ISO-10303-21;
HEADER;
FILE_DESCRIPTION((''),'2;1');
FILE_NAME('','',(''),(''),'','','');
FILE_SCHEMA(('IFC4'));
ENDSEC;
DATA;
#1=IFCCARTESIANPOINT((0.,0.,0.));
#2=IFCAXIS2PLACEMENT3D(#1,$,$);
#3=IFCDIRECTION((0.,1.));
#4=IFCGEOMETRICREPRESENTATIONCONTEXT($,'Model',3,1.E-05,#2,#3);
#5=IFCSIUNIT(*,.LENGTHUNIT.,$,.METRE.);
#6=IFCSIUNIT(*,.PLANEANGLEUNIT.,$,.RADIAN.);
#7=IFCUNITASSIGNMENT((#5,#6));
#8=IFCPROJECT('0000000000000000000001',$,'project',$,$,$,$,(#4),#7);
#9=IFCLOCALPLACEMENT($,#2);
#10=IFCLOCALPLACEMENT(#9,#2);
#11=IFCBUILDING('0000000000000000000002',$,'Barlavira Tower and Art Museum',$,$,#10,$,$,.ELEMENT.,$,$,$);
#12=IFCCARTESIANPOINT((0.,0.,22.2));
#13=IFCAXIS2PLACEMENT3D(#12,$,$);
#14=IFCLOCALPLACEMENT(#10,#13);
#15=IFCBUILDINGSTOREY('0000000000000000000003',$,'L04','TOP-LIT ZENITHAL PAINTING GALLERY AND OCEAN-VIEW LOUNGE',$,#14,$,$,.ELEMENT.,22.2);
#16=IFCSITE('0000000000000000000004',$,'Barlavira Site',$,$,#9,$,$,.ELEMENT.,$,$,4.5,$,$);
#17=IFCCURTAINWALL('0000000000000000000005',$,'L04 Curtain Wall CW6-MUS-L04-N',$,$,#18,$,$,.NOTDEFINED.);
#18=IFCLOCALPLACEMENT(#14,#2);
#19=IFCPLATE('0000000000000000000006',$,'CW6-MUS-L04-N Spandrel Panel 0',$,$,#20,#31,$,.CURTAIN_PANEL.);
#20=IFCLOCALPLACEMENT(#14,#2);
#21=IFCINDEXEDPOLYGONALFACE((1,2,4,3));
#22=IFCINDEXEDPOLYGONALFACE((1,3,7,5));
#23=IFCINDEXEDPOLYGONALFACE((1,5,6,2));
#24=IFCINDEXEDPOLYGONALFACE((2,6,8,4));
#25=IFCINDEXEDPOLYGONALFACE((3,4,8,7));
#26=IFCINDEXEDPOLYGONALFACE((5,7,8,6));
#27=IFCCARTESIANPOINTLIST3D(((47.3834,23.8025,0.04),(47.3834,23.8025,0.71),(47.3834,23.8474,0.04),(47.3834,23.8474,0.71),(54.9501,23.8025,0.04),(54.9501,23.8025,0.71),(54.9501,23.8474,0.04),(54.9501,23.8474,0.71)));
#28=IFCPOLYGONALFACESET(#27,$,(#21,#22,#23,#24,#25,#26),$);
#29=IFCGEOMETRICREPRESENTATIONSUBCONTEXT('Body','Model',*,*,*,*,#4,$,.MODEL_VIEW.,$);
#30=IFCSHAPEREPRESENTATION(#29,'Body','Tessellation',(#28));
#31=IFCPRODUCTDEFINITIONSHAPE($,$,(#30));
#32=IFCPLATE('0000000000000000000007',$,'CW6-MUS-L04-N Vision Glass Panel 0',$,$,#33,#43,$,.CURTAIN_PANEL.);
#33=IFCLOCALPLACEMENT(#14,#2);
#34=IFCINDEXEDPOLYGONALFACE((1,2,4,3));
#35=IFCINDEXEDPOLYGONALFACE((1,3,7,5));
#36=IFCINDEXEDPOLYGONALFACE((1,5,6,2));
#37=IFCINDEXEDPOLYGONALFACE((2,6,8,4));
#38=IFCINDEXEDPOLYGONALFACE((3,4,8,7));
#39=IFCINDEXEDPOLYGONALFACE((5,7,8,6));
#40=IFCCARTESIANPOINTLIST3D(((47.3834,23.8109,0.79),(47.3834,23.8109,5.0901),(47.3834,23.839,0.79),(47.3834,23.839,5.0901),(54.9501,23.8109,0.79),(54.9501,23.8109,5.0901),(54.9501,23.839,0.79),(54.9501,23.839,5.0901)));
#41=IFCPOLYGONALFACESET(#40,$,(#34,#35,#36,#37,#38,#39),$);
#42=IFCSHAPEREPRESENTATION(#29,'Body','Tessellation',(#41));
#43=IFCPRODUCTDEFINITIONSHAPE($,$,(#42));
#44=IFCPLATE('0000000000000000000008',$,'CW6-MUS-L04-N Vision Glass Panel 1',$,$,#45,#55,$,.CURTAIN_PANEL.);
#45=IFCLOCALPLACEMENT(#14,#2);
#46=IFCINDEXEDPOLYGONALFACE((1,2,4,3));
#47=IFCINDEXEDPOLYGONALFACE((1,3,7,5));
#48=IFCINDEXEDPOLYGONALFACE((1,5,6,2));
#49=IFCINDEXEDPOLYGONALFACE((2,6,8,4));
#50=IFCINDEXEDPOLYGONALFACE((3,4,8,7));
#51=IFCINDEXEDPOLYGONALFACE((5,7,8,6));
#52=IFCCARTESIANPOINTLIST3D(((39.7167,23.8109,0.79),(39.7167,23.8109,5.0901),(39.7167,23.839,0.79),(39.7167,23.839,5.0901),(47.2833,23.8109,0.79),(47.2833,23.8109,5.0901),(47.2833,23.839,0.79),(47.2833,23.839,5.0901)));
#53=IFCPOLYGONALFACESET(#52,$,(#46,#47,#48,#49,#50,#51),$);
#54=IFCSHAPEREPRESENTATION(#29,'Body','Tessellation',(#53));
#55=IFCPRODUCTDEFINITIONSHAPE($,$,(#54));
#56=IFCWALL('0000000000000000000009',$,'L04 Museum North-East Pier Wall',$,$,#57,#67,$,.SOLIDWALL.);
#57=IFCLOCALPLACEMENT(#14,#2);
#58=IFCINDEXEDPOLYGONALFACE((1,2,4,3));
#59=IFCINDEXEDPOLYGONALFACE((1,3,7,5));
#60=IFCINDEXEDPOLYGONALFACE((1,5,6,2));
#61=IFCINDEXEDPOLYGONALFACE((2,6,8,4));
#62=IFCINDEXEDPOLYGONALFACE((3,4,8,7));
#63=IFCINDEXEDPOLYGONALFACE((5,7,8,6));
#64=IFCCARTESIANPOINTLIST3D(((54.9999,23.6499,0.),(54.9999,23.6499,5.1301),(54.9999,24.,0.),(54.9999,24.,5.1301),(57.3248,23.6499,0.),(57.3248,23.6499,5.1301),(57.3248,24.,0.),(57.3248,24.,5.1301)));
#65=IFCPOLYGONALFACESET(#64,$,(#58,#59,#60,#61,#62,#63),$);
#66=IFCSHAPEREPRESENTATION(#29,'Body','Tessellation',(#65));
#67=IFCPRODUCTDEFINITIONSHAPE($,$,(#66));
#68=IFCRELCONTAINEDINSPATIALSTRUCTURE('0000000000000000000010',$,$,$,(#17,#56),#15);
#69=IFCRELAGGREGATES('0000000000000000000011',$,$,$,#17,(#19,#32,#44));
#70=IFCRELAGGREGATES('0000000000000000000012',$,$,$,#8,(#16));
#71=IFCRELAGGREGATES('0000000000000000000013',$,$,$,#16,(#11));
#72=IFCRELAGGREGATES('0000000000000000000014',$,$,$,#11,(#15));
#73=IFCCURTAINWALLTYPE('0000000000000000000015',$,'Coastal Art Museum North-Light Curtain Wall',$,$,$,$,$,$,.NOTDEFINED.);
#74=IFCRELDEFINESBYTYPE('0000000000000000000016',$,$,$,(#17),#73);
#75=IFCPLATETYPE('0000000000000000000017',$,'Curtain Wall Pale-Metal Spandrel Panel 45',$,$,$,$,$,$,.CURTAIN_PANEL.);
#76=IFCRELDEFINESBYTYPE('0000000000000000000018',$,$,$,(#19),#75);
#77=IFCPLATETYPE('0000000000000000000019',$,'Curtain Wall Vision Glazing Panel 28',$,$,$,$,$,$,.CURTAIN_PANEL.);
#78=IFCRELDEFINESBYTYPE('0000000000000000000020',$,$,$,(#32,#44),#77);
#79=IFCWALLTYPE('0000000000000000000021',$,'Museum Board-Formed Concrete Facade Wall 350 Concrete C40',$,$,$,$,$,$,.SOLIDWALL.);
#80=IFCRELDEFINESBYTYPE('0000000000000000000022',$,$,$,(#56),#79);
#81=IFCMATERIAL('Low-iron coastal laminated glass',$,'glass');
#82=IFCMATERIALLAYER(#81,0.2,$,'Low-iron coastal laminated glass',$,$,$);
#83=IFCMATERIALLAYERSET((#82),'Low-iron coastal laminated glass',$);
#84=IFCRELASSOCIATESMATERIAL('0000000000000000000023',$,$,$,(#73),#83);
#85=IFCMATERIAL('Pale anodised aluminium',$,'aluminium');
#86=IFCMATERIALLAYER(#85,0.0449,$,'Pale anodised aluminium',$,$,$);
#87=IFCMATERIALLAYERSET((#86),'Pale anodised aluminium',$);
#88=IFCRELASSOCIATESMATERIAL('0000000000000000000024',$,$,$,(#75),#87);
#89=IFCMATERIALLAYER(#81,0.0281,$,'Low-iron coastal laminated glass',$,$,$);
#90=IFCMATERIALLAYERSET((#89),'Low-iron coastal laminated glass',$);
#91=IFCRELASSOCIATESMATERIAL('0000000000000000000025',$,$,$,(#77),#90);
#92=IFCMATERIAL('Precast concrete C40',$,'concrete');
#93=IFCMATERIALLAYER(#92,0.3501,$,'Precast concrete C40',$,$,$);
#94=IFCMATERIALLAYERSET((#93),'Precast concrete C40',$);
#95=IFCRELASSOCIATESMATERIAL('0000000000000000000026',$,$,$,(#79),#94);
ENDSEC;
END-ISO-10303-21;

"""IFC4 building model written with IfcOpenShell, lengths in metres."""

from ifc_helpers import new_model, si_unit, direction, frame, frame_2d, origin, origin_2d, place, context, subcontext, project, spatial, rectangle, extrude, material, layer, layer_set, type_object, element, aggregate, save


model = new_model("IFC4")

# Units and contexts
model_context = context("Model", 3, precision=1e-05, world=origin(), true_north=direction((0.0, 1.0)))
body_context = subcontext(model_context, "Body", "Model", "MODEL_VIEW")
ifc_project = project(units=[si_unit("LENGTHUNIT", "METRE"), si_unit("PLANEANGLEUNIT", "RADIAN")], contexts=[model_context])

# Site, building, storey
site_placement = place(None, origin())
site = spatial("IfcSite", under=ifc_project, at=site_placement, Name="Barlavira Site", CompositionType="ELEMENT", RefElevation=4.5)
building_placement = place(site_placement, origin())
building = spatial("IfcBuilding", under=site, at=building_placement, Name="Barlavira Tower and Art Museum", CompositionType="ELEMENT")
storey_placement = place(building_placement, frame((0.0, 0.0, 22.2)))
storey = spatial("IfcBuildingStorey", under=building, at=storey_placement, Name="L04", Description="TOP-LIT ZENITHAL PAINTING GALLERY AND OCEAN-VIEW LOUNGE", CompositionType="ELEMENT", Elevation=22.2)

# Curtain wall
ifc_material_1 = material(Name="Low-iron coastal laminated glass", Category="glass")
ifc_layer_1 = layer(ifc_material_1, 0.2, Name="Low-iron coastal laminated glass")
ifc_layer_set_1 = layer_set([ifc_layer_1], Name="Low-iron coastal laminated glass")
curtain_wall_type = type_object("IfcCurtainWallType", Name="Coastal Art Museum North-Light Curtain Wall", PredefinedType="NOTDEFINED", material=ifc_layer_set_1)
curtain_wall_placement = place(storey_placement, origin())
curtain_wall = element("IfcCurtainWall", 1, at=curtain_wall_placement, inside=storey, type_object=curtain_wall_type, Name="L04 Curtain Wall CW6-MUS-L04-N", PredefinedType="NOTDEFINED")
ifc_material_2 = material(Name="Pale anodised aluminium", Category="aluminium")

# Plates
ifc_layer_2 = layer(ifc_material_2, 0.0449, Name="Pale anodised aluminium")
ifc_layer_set_2 = layer_set([ifc_layer_2], Name="Pale anodised aluminium")
plate_type_1 = type_object("IfcPlateType", Name="Curtain Wall Pale-Metal Spandrel Panel 45", PredefinedType="CURTAIN_PANEL", material=ifc_layer_set_2)
plate_1_placement = place(storey_placement, frame((51.1667, 23.825, 0.04), z_axis=(0.0, 0.0, 1.0), x_axis=(-1.0, 0.0, 0.0)))
plate_1 = element("IfcPlate", 2, at=plate_1_placement, type_object=plate_type_1, Name="CW6-MUS-L04-N Spandrel Panel 0", PredefinedType="CURTAIN_PANEL", context=body_context, shape_type="SweptSolid", body=[
    extrude(rectangle(XDim=7.5667, YDim=0.0449, at=origin_2d()), origin(), (0.0, 0.0, 1.0), 0.6699),
])
ifc_layer_3 = layer(ifc_material_1, 0.0281, Name="Low-iron coastal laminated glass")
ifc_layer_set_3 = layer_set([ifc_layer_3], Name="Low-iron coastal laminated glass")
plate_type_2 = type_object("IfcPlateType", Name="Curtain Wall Vision Glazing Panel 28", PredefinedType="CURTAIN_PANEL", material=ifc_layer_set_3)
plate_2_placement = place(storey_placement, frame((51.1667, 23.825, 0.79), z_axis=(0.0, 0.0, 1.0), x_axis=(-1.0, 0.0, 0.0)))
plate_2 = element("IfcPlate", 3, at=plate_2_placement, type_object=plate_type_2, Name="CW6-MUS-L04-N Vision Glass Panel 0", PredefinedType="CURTAIN_PANEL", context=body_context, shape_type="SweptSolid", body=[
    extrude(rectangle(XDim=7.5667, YDim=0.0281, at=origin_2d()), origin(), (0.0, 0.0, 1.0), 4.3),
])
plate_3_placement = place(storey_placement, frame((43.5, 23.825, 0.79), z_axis=(0.0, 0.0, 1.0), x_axis=(-1.0, 0.0, 0.0)))
plate_3 = element("IfcPlate", 4, at=plate_3_placement, type_object=plate_type_2, Name="CW6-MUS-L04-N Vision Glass Panel 1", PredefinedType="CURTAIN_PANEL", context=body_context, shape_type="SweptSolid", body=[
    extrude(rectangle(XDim=7.5667, YDim=0.0281, at=origin_2d()), origin(), (0.0, 0.0, 1.0), 4.3),
])
aggregate(curtain_wall, [plate_1, plate_2, plate_3])

# Wall
ifc_material_3 = material(Name="Precast concrete C40", Category="concrete")
ifc_layer_4 = layer(ifc_material_3, 0.3501, Name="Precast concrete C40")
ifc_layer_set_4 = layer_set([ifc_layer_4], Name="Precast concrete C40")
wall_type = type_object("IfcWallType", Name="Museum Board-Formed Concrete Facade Wall 350 Concrete C40", PredefinedType="SOLIDWALL", material=ifc_layer_set_4)
wall_placement = place(storey_placement, frame((57.325, 23.825, 0.0), z_axis=(0.0, 0.0, 1.0), x_axis=(-1.0, 0.0, 0.0)))
element("IfcWall", 5, at=wall_placement, inside=storey, type_object=wall_type, Name="L04 Museum North-East Pier Wall", PredefinedType="SOLIDWALL", context=body_context, shape_type="SweptSolid", body=[
    extrude(rectangle(XDim=2.325, YDim=0.3501, at=frame_2d((1.1626, 0.0))), origin(), (0.0, 0.0, 1.0), 5.1301),
])

save(model, "model.ifc")
